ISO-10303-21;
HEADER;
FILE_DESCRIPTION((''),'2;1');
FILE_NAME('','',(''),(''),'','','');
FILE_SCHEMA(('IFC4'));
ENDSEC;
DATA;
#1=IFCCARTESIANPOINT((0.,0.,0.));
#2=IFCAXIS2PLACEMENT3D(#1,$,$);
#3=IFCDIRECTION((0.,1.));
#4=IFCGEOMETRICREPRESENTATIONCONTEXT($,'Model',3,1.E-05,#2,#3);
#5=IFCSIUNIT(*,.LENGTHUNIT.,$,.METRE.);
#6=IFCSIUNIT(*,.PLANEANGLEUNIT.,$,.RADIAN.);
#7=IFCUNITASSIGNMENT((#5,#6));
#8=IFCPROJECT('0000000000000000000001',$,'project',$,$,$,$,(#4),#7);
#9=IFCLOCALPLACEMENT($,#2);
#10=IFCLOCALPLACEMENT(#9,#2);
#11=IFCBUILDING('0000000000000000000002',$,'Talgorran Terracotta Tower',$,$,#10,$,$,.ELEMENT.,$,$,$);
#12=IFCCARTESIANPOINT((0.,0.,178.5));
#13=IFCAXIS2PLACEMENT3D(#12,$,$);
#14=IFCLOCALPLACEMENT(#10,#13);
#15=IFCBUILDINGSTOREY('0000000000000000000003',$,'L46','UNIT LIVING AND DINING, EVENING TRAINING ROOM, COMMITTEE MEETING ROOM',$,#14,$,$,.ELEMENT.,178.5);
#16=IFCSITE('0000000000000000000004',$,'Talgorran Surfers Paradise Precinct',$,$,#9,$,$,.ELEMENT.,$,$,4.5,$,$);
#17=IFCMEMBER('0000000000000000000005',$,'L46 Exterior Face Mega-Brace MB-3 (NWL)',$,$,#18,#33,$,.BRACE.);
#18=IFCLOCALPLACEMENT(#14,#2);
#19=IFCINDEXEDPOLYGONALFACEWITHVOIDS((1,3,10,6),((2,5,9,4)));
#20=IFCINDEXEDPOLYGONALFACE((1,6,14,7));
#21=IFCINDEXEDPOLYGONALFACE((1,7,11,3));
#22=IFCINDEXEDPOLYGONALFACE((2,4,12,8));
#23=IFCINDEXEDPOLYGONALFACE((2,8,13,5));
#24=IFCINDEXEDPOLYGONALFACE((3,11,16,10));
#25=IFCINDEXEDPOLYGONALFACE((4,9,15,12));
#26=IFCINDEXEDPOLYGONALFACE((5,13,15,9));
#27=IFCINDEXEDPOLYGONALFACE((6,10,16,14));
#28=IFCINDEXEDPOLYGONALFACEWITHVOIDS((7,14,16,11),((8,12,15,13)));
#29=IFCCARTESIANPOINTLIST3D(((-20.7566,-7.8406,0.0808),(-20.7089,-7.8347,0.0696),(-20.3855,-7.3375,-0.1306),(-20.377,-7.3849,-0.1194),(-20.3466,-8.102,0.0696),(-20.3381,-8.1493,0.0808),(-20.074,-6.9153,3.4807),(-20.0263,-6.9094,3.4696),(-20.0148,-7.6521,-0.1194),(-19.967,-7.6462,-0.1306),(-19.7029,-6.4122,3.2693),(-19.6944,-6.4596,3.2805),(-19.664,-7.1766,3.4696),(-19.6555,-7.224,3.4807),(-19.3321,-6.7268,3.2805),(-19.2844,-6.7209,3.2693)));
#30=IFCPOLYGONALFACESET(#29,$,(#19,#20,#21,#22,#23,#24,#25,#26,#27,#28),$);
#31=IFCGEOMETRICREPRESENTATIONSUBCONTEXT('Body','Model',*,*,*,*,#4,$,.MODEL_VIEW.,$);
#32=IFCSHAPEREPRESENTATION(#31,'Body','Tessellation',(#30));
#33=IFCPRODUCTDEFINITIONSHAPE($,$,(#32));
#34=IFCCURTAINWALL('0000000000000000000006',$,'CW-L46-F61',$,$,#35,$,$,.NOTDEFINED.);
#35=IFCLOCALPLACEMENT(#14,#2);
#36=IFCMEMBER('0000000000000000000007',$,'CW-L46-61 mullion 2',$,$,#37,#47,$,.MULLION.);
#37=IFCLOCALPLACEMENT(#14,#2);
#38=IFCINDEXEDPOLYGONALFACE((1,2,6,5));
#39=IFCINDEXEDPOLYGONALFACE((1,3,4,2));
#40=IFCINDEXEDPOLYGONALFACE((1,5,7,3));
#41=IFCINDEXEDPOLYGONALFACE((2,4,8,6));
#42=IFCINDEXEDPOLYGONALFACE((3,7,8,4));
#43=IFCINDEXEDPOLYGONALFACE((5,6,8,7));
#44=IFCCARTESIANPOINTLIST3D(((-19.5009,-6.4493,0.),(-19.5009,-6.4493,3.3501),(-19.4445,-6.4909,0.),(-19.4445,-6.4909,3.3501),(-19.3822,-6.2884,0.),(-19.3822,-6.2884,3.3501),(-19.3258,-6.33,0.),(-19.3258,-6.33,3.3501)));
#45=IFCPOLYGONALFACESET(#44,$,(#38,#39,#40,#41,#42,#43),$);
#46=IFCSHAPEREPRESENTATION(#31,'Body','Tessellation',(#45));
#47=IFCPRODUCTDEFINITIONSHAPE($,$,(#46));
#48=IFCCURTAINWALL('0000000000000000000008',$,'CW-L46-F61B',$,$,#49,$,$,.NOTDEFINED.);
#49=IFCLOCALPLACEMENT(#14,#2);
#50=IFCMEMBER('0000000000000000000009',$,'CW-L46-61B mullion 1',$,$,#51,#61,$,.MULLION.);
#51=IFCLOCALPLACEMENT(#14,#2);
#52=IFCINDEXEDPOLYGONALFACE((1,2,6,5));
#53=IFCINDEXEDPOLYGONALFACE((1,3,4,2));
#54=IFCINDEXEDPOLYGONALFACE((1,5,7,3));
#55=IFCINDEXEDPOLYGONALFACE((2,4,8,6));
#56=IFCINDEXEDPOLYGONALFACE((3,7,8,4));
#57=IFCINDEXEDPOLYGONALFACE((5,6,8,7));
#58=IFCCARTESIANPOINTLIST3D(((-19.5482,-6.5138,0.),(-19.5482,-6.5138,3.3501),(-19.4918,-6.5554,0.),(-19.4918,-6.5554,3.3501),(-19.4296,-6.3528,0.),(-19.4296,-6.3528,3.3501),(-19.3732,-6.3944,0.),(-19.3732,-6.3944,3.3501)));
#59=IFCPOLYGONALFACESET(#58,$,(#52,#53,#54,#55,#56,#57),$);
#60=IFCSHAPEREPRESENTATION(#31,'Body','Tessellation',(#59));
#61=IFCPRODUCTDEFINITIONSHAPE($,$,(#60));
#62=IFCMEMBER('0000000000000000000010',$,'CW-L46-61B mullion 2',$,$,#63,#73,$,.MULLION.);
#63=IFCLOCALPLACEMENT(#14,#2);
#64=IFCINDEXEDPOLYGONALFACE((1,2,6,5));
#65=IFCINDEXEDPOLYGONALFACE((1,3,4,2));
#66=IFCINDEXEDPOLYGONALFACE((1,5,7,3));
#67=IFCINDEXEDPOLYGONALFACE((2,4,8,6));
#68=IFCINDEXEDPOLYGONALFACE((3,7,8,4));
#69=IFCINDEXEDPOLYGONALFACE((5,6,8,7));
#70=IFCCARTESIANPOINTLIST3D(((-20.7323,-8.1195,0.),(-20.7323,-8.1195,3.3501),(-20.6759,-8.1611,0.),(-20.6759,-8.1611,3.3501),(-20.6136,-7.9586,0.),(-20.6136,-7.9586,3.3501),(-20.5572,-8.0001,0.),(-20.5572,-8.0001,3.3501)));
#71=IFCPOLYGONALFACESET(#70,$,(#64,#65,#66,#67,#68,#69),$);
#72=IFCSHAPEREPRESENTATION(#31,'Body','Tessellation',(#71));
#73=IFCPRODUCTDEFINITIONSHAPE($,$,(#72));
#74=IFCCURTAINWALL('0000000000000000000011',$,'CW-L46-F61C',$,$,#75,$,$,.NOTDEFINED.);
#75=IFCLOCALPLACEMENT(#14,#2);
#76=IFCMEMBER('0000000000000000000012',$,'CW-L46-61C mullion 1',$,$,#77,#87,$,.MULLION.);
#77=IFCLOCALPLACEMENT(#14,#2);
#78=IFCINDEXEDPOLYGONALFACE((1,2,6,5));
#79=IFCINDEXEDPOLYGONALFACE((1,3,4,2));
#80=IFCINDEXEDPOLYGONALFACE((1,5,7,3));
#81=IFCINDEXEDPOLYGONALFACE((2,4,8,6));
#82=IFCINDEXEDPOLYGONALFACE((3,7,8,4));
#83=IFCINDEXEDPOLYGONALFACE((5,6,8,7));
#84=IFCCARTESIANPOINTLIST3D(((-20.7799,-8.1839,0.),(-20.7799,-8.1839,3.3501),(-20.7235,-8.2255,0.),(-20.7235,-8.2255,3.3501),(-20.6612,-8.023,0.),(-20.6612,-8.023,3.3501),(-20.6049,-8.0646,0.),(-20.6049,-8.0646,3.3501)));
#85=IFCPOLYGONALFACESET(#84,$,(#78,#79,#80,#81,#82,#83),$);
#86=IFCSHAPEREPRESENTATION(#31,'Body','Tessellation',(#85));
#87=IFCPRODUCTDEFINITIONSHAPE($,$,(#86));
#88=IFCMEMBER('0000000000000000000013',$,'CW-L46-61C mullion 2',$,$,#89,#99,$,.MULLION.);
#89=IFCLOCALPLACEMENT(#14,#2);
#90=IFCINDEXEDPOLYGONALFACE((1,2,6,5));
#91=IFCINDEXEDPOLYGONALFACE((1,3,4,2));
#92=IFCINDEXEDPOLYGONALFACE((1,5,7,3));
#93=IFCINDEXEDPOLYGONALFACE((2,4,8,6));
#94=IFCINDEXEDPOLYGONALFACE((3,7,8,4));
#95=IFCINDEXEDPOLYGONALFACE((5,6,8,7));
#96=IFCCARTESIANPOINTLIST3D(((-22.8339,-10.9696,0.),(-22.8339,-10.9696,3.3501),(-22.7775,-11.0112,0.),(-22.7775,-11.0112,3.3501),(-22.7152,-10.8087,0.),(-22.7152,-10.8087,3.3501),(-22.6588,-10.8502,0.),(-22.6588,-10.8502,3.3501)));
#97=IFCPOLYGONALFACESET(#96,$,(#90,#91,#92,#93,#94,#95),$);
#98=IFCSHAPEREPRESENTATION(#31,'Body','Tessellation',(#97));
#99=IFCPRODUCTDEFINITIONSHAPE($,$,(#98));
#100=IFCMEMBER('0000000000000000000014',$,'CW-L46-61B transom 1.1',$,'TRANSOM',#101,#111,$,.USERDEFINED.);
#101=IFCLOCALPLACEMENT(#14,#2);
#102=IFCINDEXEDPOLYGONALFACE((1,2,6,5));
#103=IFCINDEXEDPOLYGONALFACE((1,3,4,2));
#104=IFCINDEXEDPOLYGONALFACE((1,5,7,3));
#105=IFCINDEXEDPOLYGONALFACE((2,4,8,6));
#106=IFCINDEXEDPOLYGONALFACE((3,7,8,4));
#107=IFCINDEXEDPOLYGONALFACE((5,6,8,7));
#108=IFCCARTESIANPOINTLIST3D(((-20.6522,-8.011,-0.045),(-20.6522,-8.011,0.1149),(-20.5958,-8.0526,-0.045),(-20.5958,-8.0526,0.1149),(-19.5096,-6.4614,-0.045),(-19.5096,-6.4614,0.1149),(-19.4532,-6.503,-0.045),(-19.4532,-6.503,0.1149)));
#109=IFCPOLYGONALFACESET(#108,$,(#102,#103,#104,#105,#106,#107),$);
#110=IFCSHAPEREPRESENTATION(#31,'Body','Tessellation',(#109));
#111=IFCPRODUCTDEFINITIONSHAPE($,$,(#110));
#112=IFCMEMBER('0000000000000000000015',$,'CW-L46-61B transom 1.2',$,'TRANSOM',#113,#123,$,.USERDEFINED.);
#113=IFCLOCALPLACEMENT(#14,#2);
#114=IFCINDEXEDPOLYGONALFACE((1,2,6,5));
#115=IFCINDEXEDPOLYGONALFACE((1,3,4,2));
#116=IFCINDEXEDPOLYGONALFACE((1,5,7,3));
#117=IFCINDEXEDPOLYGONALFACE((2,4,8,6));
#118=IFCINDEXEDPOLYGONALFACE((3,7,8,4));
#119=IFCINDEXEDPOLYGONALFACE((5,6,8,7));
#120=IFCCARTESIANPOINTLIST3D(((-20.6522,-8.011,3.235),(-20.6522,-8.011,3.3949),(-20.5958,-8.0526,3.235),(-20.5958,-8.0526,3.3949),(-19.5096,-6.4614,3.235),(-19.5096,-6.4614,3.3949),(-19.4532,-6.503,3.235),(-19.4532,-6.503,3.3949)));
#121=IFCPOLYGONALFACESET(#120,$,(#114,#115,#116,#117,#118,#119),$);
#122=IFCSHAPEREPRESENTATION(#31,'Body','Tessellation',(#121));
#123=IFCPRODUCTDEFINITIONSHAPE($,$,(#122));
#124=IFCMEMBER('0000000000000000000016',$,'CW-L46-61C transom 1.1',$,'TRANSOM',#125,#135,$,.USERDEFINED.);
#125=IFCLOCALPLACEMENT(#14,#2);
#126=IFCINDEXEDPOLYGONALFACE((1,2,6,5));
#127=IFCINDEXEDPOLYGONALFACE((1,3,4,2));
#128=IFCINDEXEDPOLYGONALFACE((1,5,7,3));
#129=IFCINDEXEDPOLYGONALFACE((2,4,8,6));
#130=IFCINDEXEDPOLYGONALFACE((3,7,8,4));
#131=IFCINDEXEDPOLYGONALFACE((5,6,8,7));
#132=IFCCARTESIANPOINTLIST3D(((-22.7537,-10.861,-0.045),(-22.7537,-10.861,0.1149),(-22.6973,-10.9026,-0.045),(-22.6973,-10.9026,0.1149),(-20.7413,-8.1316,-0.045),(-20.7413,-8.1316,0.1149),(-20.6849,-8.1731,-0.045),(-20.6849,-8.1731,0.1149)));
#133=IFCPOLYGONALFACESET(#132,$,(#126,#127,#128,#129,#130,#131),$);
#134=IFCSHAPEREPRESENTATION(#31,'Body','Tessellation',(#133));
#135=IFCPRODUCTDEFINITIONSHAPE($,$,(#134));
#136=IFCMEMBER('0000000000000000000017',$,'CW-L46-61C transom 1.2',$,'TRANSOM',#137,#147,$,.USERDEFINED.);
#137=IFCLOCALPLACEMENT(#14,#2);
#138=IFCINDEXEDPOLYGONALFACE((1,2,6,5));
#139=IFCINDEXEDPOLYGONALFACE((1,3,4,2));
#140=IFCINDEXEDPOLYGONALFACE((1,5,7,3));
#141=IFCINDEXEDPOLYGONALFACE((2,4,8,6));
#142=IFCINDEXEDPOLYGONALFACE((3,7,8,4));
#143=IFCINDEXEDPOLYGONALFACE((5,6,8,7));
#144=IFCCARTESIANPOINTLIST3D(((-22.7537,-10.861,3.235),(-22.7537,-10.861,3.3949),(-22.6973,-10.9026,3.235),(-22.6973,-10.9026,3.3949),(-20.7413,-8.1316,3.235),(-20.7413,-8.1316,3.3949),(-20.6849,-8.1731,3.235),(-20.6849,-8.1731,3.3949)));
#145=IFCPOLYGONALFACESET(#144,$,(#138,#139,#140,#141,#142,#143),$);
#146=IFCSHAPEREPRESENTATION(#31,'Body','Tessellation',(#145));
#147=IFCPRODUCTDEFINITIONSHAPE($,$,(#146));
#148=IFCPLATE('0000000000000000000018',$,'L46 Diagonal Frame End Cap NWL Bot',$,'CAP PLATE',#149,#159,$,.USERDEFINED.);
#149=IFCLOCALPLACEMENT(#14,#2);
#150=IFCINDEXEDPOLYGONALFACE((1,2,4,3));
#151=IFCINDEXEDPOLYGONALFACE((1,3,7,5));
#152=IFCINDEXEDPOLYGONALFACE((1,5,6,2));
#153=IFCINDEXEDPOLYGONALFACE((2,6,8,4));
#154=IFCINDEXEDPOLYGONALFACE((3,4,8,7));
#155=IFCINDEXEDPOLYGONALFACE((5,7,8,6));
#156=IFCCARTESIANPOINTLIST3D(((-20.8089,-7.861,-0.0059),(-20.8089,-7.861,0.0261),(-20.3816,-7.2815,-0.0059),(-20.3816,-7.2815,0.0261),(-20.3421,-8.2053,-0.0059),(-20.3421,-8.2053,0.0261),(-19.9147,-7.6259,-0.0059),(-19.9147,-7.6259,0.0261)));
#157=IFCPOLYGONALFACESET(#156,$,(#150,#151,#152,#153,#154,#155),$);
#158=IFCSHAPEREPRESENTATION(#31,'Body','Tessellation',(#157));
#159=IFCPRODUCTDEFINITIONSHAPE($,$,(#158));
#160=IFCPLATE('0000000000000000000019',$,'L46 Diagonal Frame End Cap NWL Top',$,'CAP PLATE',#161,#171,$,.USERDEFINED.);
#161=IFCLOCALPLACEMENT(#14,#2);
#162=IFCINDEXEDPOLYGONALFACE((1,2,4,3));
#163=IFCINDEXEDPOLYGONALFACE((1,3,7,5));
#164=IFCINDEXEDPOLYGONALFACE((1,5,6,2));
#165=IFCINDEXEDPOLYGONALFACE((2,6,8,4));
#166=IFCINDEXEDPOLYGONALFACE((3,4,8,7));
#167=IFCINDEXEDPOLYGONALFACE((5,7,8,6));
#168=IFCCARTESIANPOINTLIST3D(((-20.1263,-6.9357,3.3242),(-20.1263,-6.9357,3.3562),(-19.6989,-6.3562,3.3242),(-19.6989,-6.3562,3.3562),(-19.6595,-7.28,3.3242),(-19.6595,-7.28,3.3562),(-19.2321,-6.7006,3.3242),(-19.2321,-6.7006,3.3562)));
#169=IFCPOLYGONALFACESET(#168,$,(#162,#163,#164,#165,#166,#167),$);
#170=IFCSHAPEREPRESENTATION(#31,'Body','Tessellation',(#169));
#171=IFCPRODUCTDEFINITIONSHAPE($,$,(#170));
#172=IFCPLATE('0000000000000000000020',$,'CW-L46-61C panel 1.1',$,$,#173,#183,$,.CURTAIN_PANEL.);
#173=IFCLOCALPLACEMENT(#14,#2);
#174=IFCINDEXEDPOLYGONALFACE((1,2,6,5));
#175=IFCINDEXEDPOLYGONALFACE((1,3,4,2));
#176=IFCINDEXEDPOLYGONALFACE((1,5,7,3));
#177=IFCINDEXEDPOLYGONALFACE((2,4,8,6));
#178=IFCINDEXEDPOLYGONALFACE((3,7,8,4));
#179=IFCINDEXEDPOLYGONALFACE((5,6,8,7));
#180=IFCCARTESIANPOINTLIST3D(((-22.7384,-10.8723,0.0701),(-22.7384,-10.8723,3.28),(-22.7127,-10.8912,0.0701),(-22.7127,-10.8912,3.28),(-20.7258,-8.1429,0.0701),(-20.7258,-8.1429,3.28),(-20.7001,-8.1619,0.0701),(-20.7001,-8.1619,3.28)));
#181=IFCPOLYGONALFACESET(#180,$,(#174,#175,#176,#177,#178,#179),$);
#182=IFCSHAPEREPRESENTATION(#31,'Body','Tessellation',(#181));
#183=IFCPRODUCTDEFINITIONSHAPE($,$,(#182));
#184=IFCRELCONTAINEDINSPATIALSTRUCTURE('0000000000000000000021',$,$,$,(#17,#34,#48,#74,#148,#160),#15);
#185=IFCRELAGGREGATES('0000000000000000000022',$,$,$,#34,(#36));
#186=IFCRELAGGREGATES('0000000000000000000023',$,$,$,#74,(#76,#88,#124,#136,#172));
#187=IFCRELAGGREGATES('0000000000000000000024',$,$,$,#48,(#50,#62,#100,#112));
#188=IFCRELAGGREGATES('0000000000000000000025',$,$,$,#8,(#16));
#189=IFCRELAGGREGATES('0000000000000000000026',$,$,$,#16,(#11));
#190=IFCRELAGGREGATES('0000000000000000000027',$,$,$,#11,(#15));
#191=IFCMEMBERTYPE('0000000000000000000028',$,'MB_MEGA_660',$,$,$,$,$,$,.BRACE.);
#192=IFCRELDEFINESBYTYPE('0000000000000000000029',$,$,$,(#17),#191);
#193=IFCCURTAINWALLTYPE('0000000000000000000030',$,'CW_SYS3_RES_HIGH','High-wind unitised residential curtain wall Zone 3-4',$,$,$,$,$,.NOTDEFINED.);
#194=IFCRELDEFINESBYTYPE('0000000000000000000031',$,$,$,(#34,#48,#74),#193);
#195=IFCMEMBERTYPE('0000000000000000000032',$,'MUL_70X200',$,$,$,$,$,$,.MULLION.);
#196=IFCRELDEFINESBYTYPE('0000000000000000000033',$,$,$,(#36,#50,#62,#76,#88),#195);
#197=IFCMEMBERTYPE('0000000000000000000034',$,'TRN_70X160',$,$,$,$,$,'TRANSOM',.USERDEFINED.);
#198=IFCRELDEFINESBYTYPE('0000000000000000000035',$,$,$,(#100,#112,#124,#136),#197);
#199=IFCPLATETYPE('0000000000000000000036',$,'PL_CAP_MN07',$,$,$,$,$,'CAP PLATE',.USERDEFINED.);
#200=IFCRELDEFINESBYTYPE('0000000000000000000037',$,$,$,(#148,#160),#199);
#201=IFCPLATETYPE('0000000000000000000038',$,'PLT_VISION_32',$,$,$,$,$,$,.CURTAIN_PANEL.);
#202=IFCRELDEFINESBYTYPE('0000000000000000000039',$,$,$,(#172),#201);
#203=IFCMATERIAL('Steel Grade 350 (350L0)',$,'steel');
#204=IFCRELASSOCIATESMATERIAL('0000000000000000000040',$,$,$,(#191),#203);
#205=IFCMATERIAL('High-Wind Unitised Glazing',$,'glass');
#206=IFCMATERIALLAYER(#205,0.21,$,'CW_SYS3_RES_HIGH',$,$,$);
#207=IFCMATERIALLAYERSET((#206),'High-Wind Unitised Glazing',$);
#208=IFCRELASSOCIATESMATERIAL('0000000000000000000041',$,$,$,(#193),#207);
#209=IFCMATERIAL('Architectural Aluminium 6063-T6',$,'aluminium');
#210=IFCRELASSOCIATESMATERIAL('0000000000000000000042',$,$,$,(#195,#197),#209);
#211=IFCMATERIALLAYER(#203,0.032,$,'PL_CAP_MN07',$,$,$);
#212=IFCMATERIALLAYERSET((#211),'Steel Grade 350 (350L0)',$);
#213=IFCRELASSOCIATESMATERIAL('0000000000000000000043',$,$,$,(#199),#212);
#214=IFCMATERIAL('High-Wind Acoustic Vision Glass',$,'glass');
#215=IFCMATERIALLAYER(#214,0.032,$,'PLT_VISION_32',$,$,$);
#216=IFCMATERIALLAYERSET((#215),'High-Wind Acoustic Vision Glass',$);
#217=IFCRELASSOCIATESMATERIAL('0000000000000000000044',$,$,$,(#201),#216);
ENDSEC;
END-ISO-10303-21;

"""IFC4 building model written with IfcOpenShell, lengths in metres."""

from ifc_helpers import new_model, si_unit, direction, frame, origin, origin_2d, place, context, subcontext, project, spatial, rectangle, hollow_rectangle, extrude, source, transform, mapped, material, layer, layer_set, material_profile, profile_set, type_object, type_shapes, element, aggregate, save


model = new_model("IFC4")

# Units and contexts
model_context = context("Model", 3, precision=1e-05, world=origin(), true_north=direction((0.0, 1.0)))
body_context = subcontext(model_context, "Body", "Model", "MODEL_VIEW")
ifc_project = project(units=[si_unit("LENGTHUNIT", "METRE"), si_unit("PLANEANGLEUNIT", "RADIAN")], contexts=[model_context])

# Site, building, storey
site_placement = place(None, origin())
site = spatial("IfcSite", under=ifc_project, at=site_placement, Name="Talgorran Surfers Paradise Precinct", CompositionType="ELEMENT", RefElevation=4.5)
building_placement = place(site_placement, origin())
building = spatial("IfcBuilding", under=site, at=building_placement, Name="Talgorran Terracotta Tower", CompositionType="ELEMENT")
storey_placement = place(building_placement, frame((0.0, 0.0, 178.5)))
storey = spatial("IfcBuildingStorey", under=building, at=storey_placement, Name="L46", Description="UNIT LIVING AND DINING, EVENING TRAINING ROOM, COMMITTEE MEETING ROOM", CompositionType="ELEMENT", Elevation=178.5)

# Member
ifc_material_1 = material(Name="Steel Grade 350 (350L0)", Category="steel")
ifc_material_profile_1 = material_profile(ifc_material_1, hollow_rectangle(XDim=0.52, YDim=0.6599, WallThickness=0.0349, at=origin_2d()), Name="WBOX660X520X35")
ifc_profile_set_1 = profile_set([ifc_material_profile_1], Name="Steel Grade 350 (350L0)")
member_type_1 = type_object("IfcMemberType", Name="MB_MEGA_660", PredefinedType="BRACE", material=ifc_profile_set_1)
member_1_placement = place(storey_placement, frame((-20.3618, -7.7434, -0.0249), z_axis=(0.190193, 0.257808, 0.947292), x_axis=(-0.804714, 0.593662, 0.0)))
element("IfcMember", 1, at=member_1_placement, inside=storey, type_object=member_type_1, Name="L46 Exterior Face Mega-Brace MB-3 (NWL)", PredefinedType="BRACE", context=body_context, shape_type="SweptSolid", body=[
    extrude(hollow_rectangle(XDim=0.52, YDim=0.6599, WallThickness=0.0349, at=origin_2d()), origin(), (0.0, 0.0, 1.0), 3.5891),
])

# Curtain wall, member
ifc_material_2 = material(Name="High-Wind Unitised Glazing", Category="glass")
ifc_layer_1 = layer(ifc_material_2, 0.21, Name="CW_SYS3_RES_HIGH")
ifc_layer_set_1 = layer_set([ifc_layer_1], Name="High-Wind Unitised Glazing")
curtain_wall_type = type_object("IfcCurtainWallType", Name="CW_SYS3_RES_HIGH", Description="High-wind unitised residential curtain wall Zone 3-4", PredefinedType="NOTDEFINED", material=ifc_layer_set_1)
curtain_wall_1_placement = place(storey_placement, origin())
curtain_wall_1 = element("IfcCurtainWall", 2, at=curtain_wall_1_placement, inside=storey, type_object=curtain_wall_type, Name="CW-L46-F61", PredefinedType="NOTDEFINED")
ifc_material_3 = material(Name="Architectural Aluminium 6063-T6", Category="aluminium")
ifc_material_profile_2 = material_profile(ifc_material_3, rectangle(XDim=0.0701, YDim=0.2, at=origin_2d()), Name="CWM70X200")
ifc_profile_set_2 = profile_set([ifc_material_profile_2], Name="Architectural Aluminium 6063-T6")
member_type_2 = type_object("IfcMemberType", Name="MUL_70X200", PredefinedType="MULLION", material=ifc_profile_set_2)
member_2_placement = place(storey_placement, frame((-19.4133, -6.3896, 0.0), z_axis=(0.0, 0.0, 1.0), x_axis=(0.80484, -0.593492, 0.0)))
member_2 = element("IfcMember", 3, at=member_2_placement, type_object=member_type_2, Name="CW-L46-61 mullion 2", PredefinedType="MULLION", context=body_context, shape_type="SweptSolid", body=[
    extrude(rectangle(XDim=0.0701, YDim=0.2, at=origin_2d()), origin(), (0.0, 0.0, 1.0), 3.3501),
])
aggregate(curtain_wall_1, [member_2])

# Curtain walls, members
curtain_wall_2_placement = place(storey_placement, origin())
curtain_wall_2 = element("IfcCurtainWall", 4, at=curtain_wall_2_placement, inside=storey, type_object=curtain_wall_type, Name="CW-L46-F61B", PredefinedType="NOTDEFINED")
member_3_placement = place(storey_placement, frame((-19.4607, -6.4541, 0.0), z_axis=(0.0, 0.0, 1.0), x_axis=(0.804843, -0.593488, 0.0)))
member_3 = element("IfcMember", 5, at=member_3_placement, type_object=member_type_2, Name="CW-L46-61B mullion 1", PredefinedType="MULLION", context=body_context, shape_type="SweptSolid", body=[
    extrude(rectangle(XDim=0.0701, YDim=0.2, at=origin_2d()), origin(), (0.0, 0.0, 1.0), 3.3501),
])
member_4_placement = place(storey_placement, frame((-20.6448, -8.0598, 0.0), z_axis=(0.0, 0.0, 1.0), x_axis=(0.804843, -0.593488, 0.0)))
member_4 = element("IfcMember", 6, at=member_4_placement, type_object=member_type_2, Name="CW-L46-61B mullion 2", PredefinedType="MULLION", context=body_context, shape_type="SweptSolid", body=[
    extrude(rectangle(XDim=0.0701, YDim=0.2, at=origin_2d()), origin(), (0.0, 0.0, 1.0), 3.3501),
])
curtain_wall_3_placement = place(storey_placement, origin())
curtain_wall_3 = element("IfcCurtainWall", 7, at=curtain_wall_3_placement, inside=storey, type_object=curtain_wall_type, Name="CW-L46-F61C", PredefinedType="NOTDEFINED")
member_5_placement = place(storey_placement, frame((-20.6924, -8.1243, 0.0), z_axis=(0.0, 0.0, 1.0), x_axis=(0.80484, -0.593492, 0.0)))
member_5 = element("IfcMember", 8, at=member_5_placement, type_object=member_type_2, Name="CW-L46-61C mullion 1", PredefinedType="MULLION", context=body_context, shape_type="SweptSolid", body=[
    extrude(rectangle(XDim=0.0701, YDim=0.2, at=origin_2d()), origin(), (0.0, 0.0, 1.0), 3.3501),
])
member_6_placement = place(storey_placement, frame((-22.7463, -10.9099, 0.0), z_axis=(0.0, 0.0, 1.0), x_axis=(0.80484, -0.593492, 0.0)))
member_6 = element("IfcMember", 9, at=member_6_placement, type_object=member_type_2, Name="CW-L46-61C mullion 2", PredefinedType="MULLION", context=body_context, shape_type="SweptSolid", body=[
    extrude(rectangle(XDim=0.0701, YDim=0.2, at=origin_2d()), origin(), (0.0, 0.0, 1.0), 3.3501),
])

# Members
ifc_material_profile_3 = material_profile(ifc_material_3, rectangle(XDim=0.0701, YDim=0.1599, at=origin_2d()), Name="CWT70X160")
ifc_profile_set_3 = profile_set([ifc_material_profile_3], Name="Architectural Aluminium 6063-T6")
member_type_3 = type_object("IfcMemberType", Name="TRN_70X160", ElementType="TRANSOM", PredefinedType="USERDEFINED", material=ifc_profile_set_3)
member_7_placement = place(storey_placement, frame((-19.4814, -6.4822, 0.0349), z_axis=(-0.593467, -0.804858, 0.0), x_axis=(0.804858, -0.593467, 0.0)))
member_7 = element("IfcMember", 10, at=member_7_placement, type_object=member_type_3, Name="CW-L46-61B transom 1.1", ObjectType="TRANSOM", PredefinedType="USERDEFINED", context=body_context, shape_type="SweptSolid", body=[
    extrude(rectangle(XDim=0.0701, YDim=0.1599, at=origin_2d()), origin(), (0.0, 0.0, 1.0), 1.9253),
])
member_8_placement = place(storey_placement, frame((-19.4814, -6.4822, 3.3149), z_axis=(-0.593467, -0.804858, 0.0), x_axis=(0.804858, -0.593467, 0.0)))
member_8 = element("IfcMember", 11, at=member_8_placement, type_object=member_type_3, Name="CW-L46-61B transom 1.2", ObjectType="TRANSOM", PredefinedType="USERDEFINED", context=body_context, shape_type="SweptSolid", body=[
    extrude(rectangle(XDim=0.0701, YDim=0.1599, at=origin_2d()), origin(), (0.0, 0.0, 1.0), 1.9253),
])
member_9_placement = place(storey_placement, frame((-20.7131, -8.1523, 0.0349), z_axis=(-0.593437, -0.80488, 0.0), x_axis=(0.80488, -0.593437, 0.0)))
member_9 = element("IfcMember", 12, at=member_9_placement, type_object=member_type_3, Name="CW-L46-61C transom 1.1", ObjectType="TRANSOM", PredefinedType="USERDEFINED", context=body_context, shape_type="SweptSolid", body=[
    extrude(rectangle(XDim=0.0701, YDim=0.1599, at=origin_2d()), origin(), (0.0, 0.0, 1.0), 3.3911),
])
member_10_placement = place(storey_placement, frame((-20.7131, -8.1523, 3.3149), z_axis=(-0.593437, -0.80488, 0.0), x_axis=(0.80488, -0.593437, 0.0)))
member_10 = element("IfcMember", 13, at=member_10_placement, type_object=member_type_3, Name="CW-L46-61C transom 1.2", ObjectType="TRANSOM", PredefinedType="USERDEFINED", context=body_context, shape_type="SweptSolid", body=[
    extrude(rectangle(XDim=0.0701, YDim=0.1599, at=origin_2d()), origin(), (0.0, 0.0, 1.0), 3.3911),
])

# Plates
ifc_layer_2 = layer(ifc_material_1, 0.032, Name="PL_CAP_MN07")
ifc_layer_set_2 = layer_set([ifc_layer_2], Name="Steel Grade 350 (350L0)")
plate_type_1 = type_object("IfcPlateType", Name="PL_CAP_MN07", ElementType="CAP PLATE", PredefinedType="USERDEFINED", material=ifc_layer_set_2)
for number, where, z_axis, x_axis, name in (
    (14, (-20.3618, -7.7434, -0.0059), (0.0, 0.0, 1.0), (0.593559, 0.80479, 0.0), "L46 Diagonal Frame End Cap NWL Bot"),
    (15, (-19.6792, -6.8181, 3.3242), (0.0, 0.0, 1.0), (0.593559, 0.80479, 0.0), "L46 Diagonal Frame End Cap NWL Top"),
):
    element("IfcPlate", number, at=place(storey_placement, frame(where, z_axis=z_axis, x_axis=x_axis)), inside=storey, type_object=plate_type_1, Name=name, ObjectType="CAP PLATE", PredefinedType="USERDEFINED", context=body_context, shape_type="SweptSolid", body=[
        extrude(rectangle(XDim=0.72, YDim=0.5801, at=origin_2d()), origin(), (0.0, 0.0, 1.0), 0.032),
    ])

# Plate
ifc_material_4 = material(Name="High-Wind Acoustic Vision Glass", Category="glass")
ifc_layer_3 = layer(ifc_material_4, 0.032, Name="PLT_VISION_32")
ifc_layer_set_3 = layer_set([ifc_layer_3], Name="High-Wind Acoustic Vision Glass")
plate_type_2 = type_object("IfcPlateType", Name="PLT_VISION_32", PredefinedType="CURTAIN_PANEL", material=ifc_layer_set_3)
shared_shape_1 = source(origin(), body_context, "Body", "SweptSolid", [
    extrude(rectangle(XDim=3.3911, YDim=0.032, at=origin_2d()), origin(), (0.0, 0.0, 1.0), 3.21),
])
type_shapes(plate_type_2, [shared_shape_1])
plate_1_placement = place(storey_placement, frame((-21.7192, -9.5171, 0.0701), z_axis=(0.0, 0.0, 1.0), x_axis=(-0.593492, -0.80484, 0.0)))
plate_1 = element("IfcPlate", 16, at=plate_1_placement, type_object=plate_type_2, Name="CW-L46-61C panel 1.1", PredefinedType="CURTAIN_PANEL", context=body_context, shape_type="MappedRepresentation", body=[
    mapped(shared_shape_1, transform((0.0, 0.0, 0.0), scale=1.0)),
])
aggregate(curtain_wall_3, [member_5, member_6, member_9, member_10, plate_1])
aggregate(curtain_wall_2, [member_3, member_4, member_7, member_8])

save(model, "model.ifc")
